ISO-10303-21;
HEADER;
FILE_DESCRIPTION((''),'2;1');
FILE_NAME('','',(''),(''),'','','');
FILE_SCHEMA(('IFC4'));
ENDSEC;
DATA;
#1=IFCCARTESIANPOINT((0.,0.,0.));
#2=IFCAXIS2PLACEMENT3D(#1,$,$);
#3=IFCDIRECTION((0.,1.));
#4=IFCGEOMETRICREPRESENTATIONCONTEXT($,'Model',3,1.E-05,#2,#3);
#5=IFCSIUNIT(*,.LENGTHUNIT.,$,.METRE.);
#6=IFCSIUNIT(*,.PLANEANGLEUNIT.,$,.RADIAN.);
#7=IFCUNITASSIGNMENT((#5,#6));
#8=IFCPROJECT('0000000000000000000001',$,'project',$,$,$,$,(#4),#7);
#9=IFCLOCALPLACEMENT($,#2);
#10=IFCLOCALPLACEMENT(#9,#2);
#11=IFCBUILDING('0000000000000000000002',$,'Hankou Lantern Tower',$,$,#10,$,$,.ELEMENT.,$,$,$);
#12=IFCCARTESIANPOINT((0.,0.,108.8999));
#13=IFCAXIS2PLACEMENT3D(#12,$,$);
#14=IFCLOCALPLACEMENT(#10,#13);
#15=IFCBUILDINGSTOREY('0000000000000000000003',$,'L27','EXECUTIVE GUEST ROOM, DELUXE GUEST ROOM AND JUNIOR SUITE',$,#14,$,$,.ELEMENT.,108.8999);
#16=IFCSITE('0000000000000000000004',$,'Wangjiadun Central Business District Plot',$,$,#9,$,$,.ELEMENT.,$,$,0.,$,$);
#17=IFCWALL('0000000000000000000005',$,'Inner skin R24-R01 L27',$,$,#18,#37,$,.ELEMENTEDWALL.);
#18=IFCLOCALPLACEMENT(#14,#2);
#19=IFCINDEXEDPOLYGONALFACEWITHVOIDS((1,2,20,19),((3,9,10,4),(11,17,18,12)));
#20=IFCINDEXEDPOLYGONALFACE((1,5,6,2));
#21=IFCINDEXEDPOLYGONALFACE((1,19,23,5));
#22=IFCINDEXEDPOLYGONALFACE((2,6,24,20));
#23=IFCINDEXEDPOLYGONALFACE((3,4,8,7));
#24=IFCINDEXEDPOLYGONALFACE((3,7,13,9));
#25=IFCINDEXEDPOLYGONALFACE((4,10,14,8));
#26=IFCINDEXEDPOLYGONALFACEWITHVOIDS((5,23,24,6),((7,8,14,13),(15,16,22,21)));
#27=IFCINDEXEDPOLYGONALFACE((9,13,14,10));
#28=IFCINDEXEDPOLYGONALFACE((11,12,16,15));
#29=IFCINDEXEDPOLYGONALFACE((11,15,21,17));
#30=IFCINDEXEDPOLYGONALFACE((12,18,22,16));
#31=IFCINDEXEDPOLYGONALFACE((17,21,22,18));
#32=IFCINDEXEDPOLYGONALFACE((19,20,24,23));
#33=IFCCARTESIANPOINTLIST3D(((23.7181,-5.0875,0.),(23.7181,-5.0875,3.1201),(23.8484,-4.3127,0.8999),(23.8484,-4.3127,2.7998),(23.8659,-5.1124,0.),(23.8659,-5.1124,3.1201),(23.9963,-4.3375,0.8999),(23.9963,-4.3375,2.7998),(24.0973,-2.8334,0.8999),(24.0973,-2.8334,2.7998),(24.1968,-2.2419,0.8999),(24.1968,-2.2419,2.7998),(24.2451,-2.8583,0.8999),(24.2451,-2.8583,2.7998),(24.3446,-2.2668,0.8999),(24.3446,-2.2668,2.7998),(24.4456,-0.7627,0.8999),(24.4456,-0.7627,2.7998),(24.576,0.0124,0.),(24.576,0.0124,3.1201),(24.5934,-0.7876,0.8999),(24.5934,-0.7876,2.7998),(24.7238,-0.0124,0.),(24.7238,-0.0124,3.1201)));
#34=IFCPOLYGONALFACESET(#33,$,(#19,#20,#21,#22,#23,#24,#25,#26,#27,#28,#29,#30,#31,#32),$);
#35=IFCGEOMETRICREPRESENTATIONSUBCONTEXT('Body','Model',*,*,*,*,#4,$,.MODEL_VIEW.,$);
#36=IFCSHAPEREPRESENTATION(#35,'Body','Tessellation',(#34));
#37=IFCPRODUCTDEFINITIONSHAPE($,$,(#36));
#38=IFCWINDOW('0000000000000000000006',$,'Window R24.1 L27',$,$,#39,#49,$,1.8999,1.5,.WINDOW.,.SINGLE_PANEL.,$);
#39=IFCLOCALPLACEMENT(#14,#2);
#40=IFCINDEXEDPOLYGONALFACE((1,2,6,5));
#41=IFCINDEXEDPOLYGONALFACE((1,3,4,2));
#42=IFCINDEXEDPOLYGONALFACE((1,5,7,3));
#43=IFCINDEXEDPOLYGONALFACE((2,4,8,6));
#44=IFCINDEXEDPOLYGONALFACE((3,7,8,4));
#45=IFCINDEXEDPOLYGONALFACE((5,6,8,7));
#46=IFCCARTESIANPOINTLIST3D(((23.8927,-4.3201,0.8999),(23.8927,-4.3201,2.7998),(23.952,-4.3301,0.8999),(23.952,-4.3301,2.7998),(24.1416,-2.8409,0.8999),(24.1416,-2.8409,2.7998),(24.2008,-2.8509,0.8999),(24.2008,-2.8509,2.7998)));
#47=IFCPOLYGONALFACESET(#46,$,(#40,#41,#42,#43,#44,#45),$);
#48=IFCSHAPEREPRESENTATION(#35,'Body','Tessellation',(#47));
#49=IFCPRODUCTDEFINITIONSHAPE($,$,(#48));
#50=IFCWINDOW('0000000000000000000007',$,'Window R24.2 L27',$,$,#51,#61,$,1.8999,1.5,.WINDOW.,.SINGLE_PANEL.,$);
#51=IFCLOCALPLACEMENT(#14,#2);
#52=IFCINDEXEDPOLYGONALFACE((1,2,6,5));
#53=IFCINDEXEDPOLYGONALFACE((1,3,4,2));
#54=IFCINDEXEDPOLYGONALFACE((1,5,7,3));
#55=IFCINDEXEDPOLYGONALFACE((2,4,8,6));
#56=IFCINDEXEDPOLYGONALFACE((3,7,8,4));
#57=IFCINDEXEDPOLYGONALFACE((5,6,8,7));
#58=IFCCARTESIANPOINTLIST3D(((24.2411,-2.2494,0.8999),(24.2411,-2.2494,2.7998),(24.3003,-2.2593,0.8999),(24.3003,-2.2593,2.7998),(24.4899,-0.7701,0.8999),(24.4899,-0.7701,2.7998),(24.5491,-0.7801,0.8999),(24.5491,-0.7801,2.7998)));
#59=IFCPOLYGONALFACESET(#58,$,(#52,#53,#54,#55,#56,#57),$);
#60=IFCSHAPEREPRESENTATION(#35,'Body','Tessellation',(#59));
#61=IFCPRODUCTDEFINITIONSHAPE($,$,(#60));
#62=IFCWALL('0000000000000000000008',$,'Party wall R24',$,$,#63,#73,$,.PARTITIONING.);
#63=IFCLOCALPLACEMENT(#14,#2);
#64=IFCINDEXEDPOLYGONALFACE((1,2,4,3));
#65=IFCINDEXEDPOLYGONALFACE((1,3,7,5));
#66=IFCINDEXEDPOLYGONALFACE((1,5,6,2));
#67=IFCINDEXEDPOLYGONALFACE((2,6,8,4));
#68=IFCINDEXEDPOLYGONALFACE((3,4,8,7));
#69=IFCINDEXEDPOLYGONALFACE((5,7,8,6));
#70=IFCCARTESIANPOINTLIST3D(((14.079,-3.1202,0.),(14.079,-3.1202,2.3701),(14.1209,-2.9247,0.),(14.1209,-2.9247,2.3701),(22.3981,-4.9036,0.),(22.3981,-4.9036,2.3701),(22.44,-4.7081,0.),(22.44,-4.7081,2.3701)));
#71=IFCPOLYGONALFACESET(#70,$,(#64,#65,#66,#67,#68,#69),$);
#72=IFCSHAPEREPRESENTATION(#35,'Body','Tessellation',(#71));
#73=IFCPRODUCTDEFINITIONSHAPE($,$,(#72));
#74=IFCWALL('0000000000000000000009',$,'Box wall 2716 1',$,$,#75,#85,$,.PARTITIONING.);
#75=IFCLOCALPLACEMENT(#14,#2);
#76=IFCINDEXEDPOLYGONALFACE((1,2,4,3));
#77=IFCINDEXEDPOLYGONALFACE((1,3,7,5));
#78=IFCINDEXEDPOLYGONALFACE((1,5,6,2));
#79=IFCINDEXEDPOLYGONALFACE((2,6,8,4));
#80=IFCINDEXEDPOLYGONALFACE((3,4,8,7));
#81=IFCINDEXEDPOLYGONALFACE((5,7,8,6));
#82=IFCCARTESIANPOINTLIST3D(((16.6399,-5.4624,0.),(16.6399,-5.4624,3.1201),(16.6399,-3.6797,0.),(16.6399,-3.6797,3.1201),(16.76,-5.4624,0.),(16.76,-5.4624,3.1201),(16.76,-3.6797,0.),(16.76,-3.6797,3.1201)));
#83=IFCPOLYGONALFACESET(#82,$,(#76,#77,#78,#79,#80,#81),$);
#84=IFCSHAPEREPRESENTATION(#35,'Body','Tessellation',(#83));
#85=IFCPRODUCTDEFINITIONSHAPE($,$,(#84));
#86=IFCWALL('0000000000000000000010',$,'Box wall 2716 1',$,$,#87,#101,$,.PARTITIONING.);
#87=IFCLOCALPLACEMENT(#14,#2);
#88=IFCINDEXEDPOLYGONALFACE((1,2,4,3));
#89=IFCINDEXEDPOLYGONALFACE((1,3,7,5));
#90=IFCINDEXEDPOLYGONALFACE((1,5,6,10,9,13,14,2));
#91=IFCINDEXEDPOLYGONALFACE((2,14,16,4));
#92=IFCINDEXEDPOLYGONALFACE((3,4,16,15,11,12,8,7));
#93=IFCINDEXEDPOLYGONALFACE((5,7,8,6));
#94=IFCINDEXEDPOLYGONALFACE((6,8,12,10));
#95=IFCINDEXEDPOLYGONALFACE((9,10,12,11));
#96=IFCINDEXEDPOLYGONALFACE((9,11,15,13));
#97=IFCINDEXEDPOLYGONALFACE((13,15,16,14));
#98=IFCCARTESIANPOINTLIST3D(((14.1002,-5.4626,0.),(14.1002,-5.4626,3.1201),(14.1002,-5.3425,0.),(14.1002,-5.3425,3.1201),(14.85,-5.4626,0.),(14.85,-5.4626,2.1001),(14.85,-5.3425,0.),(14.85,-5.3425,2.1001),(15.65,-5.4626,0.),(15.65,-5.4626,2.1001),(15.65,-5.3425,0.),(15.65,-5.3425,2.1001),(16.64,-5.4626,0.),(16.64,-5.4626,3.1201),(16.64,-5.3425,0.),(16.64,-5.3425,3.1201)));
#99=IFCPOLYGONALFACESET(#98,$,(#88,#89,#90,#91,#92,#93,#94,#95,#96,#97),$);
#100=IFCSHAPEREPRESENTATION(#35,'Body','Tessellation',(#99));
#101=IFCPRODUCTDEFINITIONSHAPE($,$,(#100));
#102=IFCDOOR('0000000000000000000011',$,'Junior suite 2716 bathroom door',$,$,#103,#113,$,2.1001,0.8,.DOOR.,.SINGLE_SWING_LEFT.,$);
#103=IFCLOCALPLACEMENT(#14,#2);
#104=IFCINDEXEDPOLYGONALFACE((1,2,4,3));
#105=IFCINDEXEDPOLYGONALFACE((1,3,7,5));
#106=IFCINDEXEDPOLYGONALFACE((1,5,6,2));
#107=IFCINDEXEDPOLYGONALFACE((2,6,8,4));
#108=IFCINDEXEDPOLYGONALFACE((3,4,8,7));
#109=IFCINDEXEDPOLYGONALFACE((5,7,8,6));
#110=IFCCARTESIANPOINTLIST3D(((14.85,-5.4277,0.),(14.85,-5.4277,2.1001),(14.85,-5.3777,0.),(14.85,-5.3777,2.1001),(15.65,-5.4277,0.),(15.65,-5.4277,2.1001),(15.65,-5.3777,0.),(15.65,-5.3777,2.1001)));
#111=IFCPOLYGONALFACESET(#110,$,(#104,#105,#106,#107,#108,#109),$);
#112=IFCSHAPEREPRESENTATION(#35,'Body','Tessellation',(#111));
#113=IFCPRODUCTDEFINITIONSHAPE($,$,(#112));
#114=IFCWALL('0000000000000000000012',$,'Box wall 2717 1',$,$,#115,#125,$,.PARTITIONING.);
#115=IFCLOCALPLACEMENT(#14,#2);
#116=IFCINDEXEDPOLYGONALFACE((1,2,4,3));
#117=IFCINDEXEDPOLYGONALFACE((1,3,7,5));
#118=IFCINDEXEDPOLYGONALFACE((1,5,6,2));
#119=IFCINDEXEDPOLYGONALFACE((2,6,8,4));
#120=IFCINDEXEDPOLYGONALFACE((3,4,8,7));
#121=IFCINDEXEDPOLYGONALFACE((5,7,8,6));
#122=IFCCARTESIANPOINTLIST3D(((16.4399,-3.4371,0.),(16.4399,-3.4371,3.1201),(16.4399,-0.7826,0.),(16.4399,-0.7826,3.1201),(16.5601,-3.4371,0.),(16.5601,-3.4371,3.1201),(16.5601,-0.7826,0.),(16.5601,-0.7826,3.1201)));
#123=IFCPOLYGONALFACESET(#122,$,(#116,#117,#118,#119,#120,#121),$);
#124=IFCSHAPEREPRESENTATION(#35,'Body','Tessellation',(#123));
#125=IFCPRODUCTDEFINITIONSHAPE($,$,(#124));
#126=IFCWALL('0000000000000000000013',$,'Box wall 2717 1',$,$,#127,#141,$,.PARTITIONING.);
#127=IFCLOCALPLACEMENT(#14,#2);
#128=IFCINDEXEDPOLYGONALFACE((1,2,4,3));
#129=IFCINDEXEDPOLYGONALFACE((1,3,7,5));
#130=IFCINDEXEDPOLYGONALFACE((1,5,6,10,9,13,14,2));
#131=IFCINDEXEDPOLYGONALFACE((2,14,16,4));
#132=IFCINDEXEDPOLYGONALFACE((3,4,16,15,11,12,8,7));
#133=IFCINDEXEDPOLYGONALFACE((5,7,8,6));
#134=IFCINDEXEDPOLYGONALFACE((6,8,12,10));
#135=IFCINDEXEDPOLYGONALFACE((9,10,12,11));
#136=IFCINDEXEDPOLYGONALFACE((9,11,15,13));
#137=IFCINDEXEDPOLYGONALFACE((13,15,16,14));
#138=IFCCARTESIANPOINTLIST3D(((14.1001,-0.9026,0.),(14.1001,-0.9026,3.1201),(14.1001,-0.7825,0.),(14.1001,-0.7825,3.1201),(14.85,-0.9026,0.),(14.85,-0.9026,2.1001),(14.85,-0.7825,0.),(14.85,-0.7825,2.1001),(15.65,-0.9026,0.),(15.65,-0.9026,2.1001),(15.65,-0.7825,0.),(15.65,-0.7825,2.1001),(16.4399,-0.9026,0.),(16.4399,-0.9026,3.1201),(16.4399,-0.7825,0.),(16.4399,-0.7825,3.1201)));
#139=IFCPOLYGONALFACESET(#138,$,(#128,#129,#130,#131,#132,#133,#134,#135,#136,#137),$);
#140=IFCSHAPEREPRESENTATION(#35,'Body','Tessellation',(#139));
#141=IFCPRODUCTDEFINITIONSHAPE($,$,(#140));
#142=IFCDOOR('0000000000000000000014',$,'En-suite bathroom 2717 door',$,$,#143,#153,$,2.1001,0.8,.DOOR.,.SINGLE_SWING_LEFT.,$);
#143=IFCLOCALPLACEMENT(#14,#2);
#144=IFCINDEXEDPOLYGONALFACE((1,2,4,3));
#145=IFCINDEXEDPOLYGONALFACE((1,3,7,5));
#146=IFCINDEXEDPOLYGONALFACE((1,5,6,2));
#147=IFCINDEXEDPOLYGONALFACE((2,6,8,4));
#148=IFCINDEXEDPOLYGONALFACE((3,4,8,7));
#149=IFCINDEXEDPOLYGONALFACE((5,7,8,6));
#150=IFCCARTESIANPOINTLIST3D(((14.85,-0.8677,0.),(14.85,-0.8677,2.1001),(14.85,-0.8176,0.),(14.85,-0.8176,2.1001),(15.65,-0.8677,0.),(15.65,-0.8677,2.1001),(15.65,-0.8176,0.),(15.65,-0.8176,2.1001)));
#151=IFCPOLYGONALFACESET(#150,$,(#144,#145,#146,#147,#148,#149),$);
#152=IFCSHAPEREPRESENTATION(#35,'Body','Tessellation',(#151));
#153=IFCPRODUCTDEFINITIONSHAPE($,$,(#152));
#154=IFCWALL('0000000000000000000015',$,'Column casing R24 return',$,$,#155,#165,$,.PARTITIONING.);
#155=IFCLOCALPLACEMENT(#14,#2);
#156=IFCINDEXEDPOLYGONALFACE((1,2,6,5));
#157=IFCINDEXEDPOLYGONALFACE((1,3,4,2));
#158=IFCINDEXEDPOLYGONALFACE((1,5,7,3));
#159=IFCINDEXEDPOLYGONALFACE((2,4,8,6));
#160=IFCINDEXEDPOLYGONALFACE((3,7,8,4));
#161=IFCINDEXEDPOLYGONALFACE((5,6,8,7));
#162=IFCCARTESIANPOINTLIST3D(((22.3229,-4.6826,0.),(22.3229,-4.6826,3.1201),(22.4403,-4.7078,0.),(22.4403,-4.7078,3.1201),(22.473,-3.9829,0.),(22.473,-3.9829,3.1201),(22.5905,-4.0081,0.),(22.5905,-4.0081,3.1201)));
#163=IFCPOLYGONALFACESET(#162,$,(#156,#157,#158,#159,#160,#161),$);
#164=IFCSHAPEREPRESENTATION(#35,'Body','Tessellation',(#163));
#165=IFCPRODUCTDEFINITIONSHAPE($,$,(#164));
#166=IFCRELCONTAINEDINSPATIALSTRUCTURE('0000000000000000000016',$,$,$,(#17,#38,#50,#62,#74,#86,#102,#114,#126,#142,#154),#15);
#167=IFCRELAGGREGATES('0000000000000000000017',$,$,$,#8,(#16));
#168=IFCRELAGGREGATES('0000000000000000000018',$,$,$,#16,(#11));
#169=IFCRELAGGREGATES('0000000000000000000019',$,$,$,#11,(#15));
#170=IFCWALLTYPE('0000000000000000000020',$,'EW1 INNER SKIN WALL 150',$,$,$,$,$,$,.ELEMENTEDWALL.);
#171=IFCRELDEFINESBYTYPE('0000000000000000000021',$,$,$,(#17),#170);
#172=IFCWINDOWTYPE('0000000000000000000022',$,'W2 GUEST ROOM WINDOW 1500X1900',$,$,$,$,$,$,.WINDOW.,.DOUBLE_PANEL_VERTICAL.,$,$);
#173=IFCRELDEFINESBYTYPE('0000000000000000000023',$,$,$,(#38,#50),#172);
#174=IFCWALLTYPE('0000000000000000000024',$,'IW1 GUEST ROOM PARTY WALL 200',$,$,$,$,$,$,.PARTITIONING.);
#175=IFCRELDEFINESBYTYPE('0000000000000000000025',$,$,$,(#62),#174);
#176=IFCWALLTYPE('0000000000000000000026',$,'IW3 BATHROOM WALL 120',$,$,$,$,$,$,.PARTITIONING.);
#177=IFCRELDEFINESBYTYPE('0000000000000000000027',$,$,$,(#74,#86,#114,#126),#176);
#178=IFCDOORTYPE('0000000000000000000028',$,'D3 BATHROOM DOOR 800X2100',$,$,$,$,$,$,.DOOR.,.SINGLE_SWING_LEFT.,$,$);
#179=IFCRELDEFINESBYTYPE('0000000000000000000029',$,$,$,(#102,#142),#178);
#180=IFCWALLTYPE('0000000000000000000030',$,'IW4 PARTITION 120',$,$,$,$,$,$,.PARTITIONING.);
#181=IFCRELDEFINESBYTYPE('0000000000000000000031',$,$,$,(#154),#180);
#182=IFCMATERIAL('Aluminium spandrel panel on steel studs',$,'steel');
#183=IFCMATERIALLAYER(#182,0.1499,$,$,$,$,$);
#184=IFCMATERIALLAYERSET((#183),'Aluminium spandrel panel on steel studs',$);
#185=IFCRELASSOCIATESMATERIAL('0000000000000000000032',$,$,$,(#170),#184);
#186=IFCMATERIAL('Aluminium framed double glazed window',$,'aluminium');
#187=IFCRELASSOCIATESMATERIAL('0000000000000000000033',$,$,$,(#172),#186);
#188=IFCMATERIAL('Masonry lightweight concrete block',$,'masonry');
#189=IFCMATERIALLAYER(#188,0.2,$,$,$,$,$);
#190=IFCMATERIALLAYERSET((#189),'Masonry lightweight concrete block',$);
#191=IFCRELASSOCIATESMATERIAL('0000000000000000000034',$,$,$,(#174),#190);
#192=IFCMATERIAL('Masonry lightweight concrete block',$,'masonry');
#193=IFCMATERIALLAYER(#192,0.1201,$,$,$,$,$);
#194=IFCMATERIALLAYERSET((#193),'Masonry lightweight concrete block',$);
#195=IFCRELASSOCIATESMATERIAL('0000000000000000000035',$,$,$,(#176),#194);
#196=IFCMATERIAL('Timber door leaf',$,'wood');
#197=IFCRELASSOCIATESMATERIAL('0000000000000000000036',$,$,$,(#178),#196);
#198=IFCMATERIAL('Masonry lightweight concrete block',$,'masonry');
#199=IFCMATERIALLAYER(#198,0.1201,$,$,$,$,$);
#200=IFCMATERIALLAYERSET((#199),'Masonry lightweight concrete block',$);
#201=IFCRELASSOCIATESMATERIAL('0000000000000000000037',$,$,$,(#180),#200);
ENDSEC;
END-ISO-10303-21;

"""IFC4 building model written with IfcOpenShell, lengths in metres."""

from ifc_helpers import new_model, si_unit, direction, frame, frame_2d, origin, place, context, subcontext, project, spatial, rectangle, extrude, material, layer, layer_set, type_object, element, fill, save


model = new_model("IFC4")

# Units and contexts
model_context = context("Model", 3, precision=1e-05, world=origin(), true_north=direction((0.0, 1.0)))
body_context = subcontext(model_context, "Body", "Model", "MODEL_VIEW")
ifc_project = project(units=[si_unit("LENGTHUNIT", "METRE"), si_unit("PLANEANGLEUNIT", "RADIAN")], contexts=[model_context])

# Site, building, storey
site_placement = place(None, origin())
site = spatial("IfcSite", under=ifc_project, at=site_placement, Name="Wangjiadun Central Business District Plot", CompositionType="ELEMENT", RefElevation=0.0)
building_placement = place(site_placement, origin())
building = spatial("IfcBuilding", under=site, at=building_placement, Name="Hankou Lantern Tower", CompositionType="ELEMENT")
storey_placement = place(building_placement, frame((0.0, 0.0, 108.8999)))
storey = spatial("IfcBuildingStorey", under=building, at=storey_placement, Name="L27", Description="EXECUTIVE GUEST ROOM, DELUXE GUEST ROOM AND JUNIOR SUITE", CompositionType="ELEMENT", Elevation=108.8999)

# Wall, openings, windows
ifc_material_1 = material(Name="Aluminium spandrel panel on steel studs", Category="steel")
ifc_layer_1 = layer(ifc_material_1, 0.1499)
ifc_layer_set_1 = layer_set([ifc_layer_1], Name="Aluminium spandrel panel on steel studs")
wall_type_1 = type_object("IfcWallType", Name="EW1 INNER SKIN WALL 150", PredefinedType="ELEMENTEDWALL", material=ifc_layer_set_1)
wall_1_placement = place(storey_placement, frame((23.792, -5.1001, 0.0), z_axis=(0.0, 0.0, 1.0), x_axis=(0.165884, 0.986145, 0.0)))
wall_1 = element("IfcWall", 1, at=wall_1_placement, inside=storey, type_object=wall_type_1, Name="Inner skin R24-R01 L27", PredefinedType="ELEMENTEDWALL", context=body_context, shape_type="SweptSolid", body=[
    extrude(rectangle(XDim=5.1716, YDim=0.1499, at=frame_2d((2.5859, 0.0))), origin(), (0.0, 0.0, 1.0), 3.1201),
])
opening_1_placement = place(wall_1_placement, frame((0.7859, 0.0, 0.8999)))
opening_1 = element("IfcOpeningElement", 2, at=opening_1_placement, cuts=wall_1, PredefinedType="OPENING", context=body_context, shape_type="SweptSolid", body=[
    extrude(rectangle(XDim=1.5, YDim=1.8999, at=frame_2d((0.75, 0.95))), frame((0.0, 0.085, 0.0), z_axis=(0.0, -1.0, 0.0), x_axis=(1.0, 0.0, 0.0)), (0.0, 0.0, 1.0), 0.1699),
])
opening_2_placement = place(wall_1_placement, frame((2.8857, 0.0, 0.8999)))
opening_2 = element("IfcOpeningElement", 3, at=opening_2_placement, cuts=wall_1, PredefinedType="OPENING", context=body_context, shape_type="SweptSolid", body=[
    extrude(rectangle(XDim=1.5, YDim=1.8999, at=frame_2d((0.75, 0.95))), frame((0.0, 0.085, 0.0), z_axis=(0.0, -1.0, 0.0), x_axis=(1.0, 0.0, 0.0)), (0.0, 0.0, 1.0), 0.1699),
])
ifc_material_2 = material(Name="Aluminium framed double glazed window", Category="aluminium")
window_type = type_object("IfcWindowType", Name="W2 GUEST ROOM WINDOW 1500X1900", PartitioningType="DOUBLE_PANEL_VERTICAL", PredefinedType="WINDOW", material=ifc_material_2)
window_1_placement = place(opening_1_placement, origin())
window_1 = element("IfcWindow", 4, at=window_1_placement, inside=storey, type_object=window_type, Name="Window R24.1 L27", OverallHeight=1.8999, OverallWidth=1.5, PartitioningType="SINGLE_PANEL", PredefinedType="WINDOW", context=body_context, shape_type="SweptSolid", body=[
    extrude(rectangle(XDim=1.5, YDim=1.8999, at=frame_2d((0.75, 0.95))), frame((0.0, 0.03, 0.0), z_axis=(0.0, -1.0, 0.0), x_axis=(1.0, 0.0, 0.0)), (0.0, 0.0, 1.0), 0.0601),
])
fill(opening_1, window_1)
window_2_placement = place(opening_2_placement, origin())
window_2 = element("IfcWindow", 5, at=window_2_placement, inside=storey, type_object=window_type, Name="Window R24.2 L27", OverallHeight=1.8999, OverallWidth=1.5, PartitioningType="SINGLE_PANEL", PredefinedType="WINDOW", context=body_context, shape_type="SweptSolid", body=[
    extrude(rectangle(XDim=1.5, YDim=1.8999, at=frame_2d((0.75, 0.95))), frame((0.0, 0.03, 0.0), z_axis=(0.0, -1.0, 0.0), x_axis=(1.0, 0.0, 0.0)), (0.0, 0.0, 1.0), 0.0601),
])
fill(opening_2, window_2)

# Walls
ifc_material_3 = material(Name="Masonry lightweight concrete block", Category="masonry")
ifc_layer_2 = layer(ifc_material_3, 0.2)
ifc_layer_set_2 = layer_set([ifc_layer_2], Name="Masonry lightweight concrete block")
wall_type_2 = type_object("IfcWallType", Name="IW1 GUEST ROOM PARTY WALL 200", PredefinedType="PARTITIONING", material=ifc_layer_set_2)
wall_2_placement = place(storey_placement, frame((14.1001, -3.0225, 0.0), z_axis=(0.0, 0.0, 1.0), x_axis=(0.977784, -0.209617, 0.0)))
element("IfcWall", 6, at=wall_2_placement, inside=storey, type_object=wall_type_2, Name="Party wall R24", PredefinedType="PARTITIONING", context=body_context, shape_type="SweptSolid", body=[
    extrude(rectangle(XDim=8.5081, YDim=0.2, at=frame_2d((4.2539, 0.0))), origin(), (0.0, 0.0, 1.0), 2.3701),
])
ifc_material_4 = material(Name="Masonry lightweight concrete block", Category="masonry")
ifc_layer_3 = layer(ifc_material_4, 0.1201)
ifc_layer_set_3 = layer_set([ifc_layer_3], Name="Masonry lightweight concrete block")
wall_type_3 = type_object("IfcWallType", Name="IW3 BATHROOM WALL 120", PredefinedType="PARTITIONING", material=ifc_layer_set_3)
wall_3_placement = place(storey_placement, frame((16.7, -3.6797, 0.0), z_axis=(0.0, 0.0, 1.0), x_axis=(0.0, -1.0, 0.0)))
element("IfcWall", 7, at=wall_3_placement, inside=storey, type_object=wall_type_3, Name="Box wall 2716 1", PredefinedType="PARTITIONING", context=body_context, shape_type="SweptSolid", body=[
    extrude(rectangle(XDim=1.7827, YDim=0.1201, at=frame_2d((0.8914, 0.0))), origin(), (0.0, 0.0, 1.0), 3.1201),
])

# Wall, opening, door
wall_4_placement = place(storey_placement, frame((14.1001, -5.4026, 0.0), z_axis=(0.0, 0.0, 1.0), x_axis=(1.0, 0.0, 0.0)))
wall_4 = element("IfcWall", 8, at=wall_4_placement, inside=storey, type_object=wall_type_3, Name="Box wall 2716 1", PredefinedType="PARTITIONING", context=body_context, shape_type="SweptSolid", body=[
    extrude(rectangle(XDim=2.5398, YDim=0.1201, at=frame_2d((1.27, 0.0))), origin(), (0.0, 0.0, 1.0), 3.1201),
])
opening_3_placement = place(wall_4_placement, frame((0.75, 0.0, 0.0)))
opening_3 = element("IfcOpeningElement", 9, at=opening_3_placement, cuts=wall_4, PredefinedType="OPENING", context=body_context, shape_type="SweptSolid", body=[
    extrude(rectangle(XDim=0.8, YDim=2.1001, at=frame_2d((0.3999, 1.05))), frame((0.0, 0.0701, 0.0), z_axis=(0.0, -1.0, 0.0), x_axis=(1.0, 0.0, 0.0)), (0.0, 0.0, 1.0), 0.1401),
])
ifc_material_5 = material(Name="Timber door leaf", Category="wood")
door_type_1 = type_object("IfcDoorType", Name="D3 BATHROOM DOOR 800X2100", OperationType="SINGLE_SWING_LEFT", PredefinedType="DOOR", material=ifc_material_5)
door_1_placement = place(opening_3_placement, origin())
door_1 = element("IfcDoor", 10, at=door_1_placement, inside=storey, type_object=door_type_1, Name="Junior suite 2716 bathroom door", OperationType="SINGLE_SWING_LEFT", OverallHeight=2.1001, OverallWidth=0.8, PredefinedType="DOOR", context=body_context, shape_type="SweptSolid", body=[
    extrude(rectangle(XDim=0.8, YDim=2.1001, at=frame_2d((0.3999, 1.05))), frame((0.0, 0.0249, 0.0), z_axis=(0.0, -1.0, 0.0), x_axis=(1.0, 0.0, 0.0)), (0.0, 0.0, 1.0), 0.05),
])
fill(opening_3, door_1)

# Wall
wall_5_placement = place(storey_placement, frame((16.5, -3.437, 0.0), z_axis=(0.0, 0.0, 1.0), x_axis=(0.0, 1.0, 0.0)))
element("IfcWall", 11, at=wall_5_placement, inside=storey, type_object=wall_type_3, Name="Box wall 2717 1", PredefinedType="PARTITIONING", context=body_context, shape_type="SweptSolid", body=[
    extrude(rectangle(XDim=2.6545, YDim=0.1201, at=frame_2d((1.3271, 0.0))), origin(), (0.0, 0.0, 1.0), 3.1201),
])

# Wall, opening, door
wall_6_placement = place(storey_placement, frame((14.1001, -0.8425, 0.0), z_axis=(0.0, 0.0, 1.0), x_axis=(1.0, 0.0, 0.0)))
wall_6 = element("IfcWall", 12, at=wall_6_placement, inside=storey, type_object=wall_type_3, Name="Box wall 2717 1", PredefinedType="PARTITIONING", context=body_context, shape_type="SweptSolid", body=[
    extrude(rectangle(XDim=2.3398, YDim=0.1201, at=frame_2d((1.1699, 0.0))), origin(), (0.0, 0.0, 1.0), 3.1201),
])
opening_4_placement = place(wall_6_placement, frame((0.75, 0.0, 0.0)))
opening_4 = element("IfcOpeningElement", 13, at=opening_4_placement, cuts=wall_6, PredefinedType="OPENING", context=body_context, shape_type="SweptSolid", body=[
    extrude(rectangle(XDim=0.8, YDim=2.1001, at=frame_2d((0.3999, 1.05))), frame((0.0, 0.0701, 0.0), z_axis=(0.0, -1.0, 0.0), x_axis=(1.0, 0.0, 0.0)), (0.0, 0.0, 1.0), 0.1401),
])
door_2_placement = place(opening_4_placement, origin())
door_2 = element("IfcDoor", 14, at=door_2_placement, inside=storey, type_object=door_type_1, Name="En-suite bathroom 2717 door", OperationType="SINGLE_SWING_LEFT", OverallHeight=2.1001, OverallWidth=0.8, PredefinedType="DOOR", context=body_context, shape_type="SweptSolid", body=[
    extrude(rectangle(XDim=0.8, YDim=2.1001, at=frame_2d((0.3999, 1.05))), frame((0.0, 0.0249, 0.0), z_axis=(0.0, -1.0, 0.0), x_axis=(1.0, 0.0, 0.0)), (0.0, 0.0, 1.0), 0.05),
])
fill(opening_4, door_2)

# Wall
ifc_material_6 = material(Name="Masonry lightweight concrete block", Category="masonry")
ifc_layer_4 = layer(ifc_material_6, 0.1201)
ifc_layer_set_4 = layer_set([ifc_layer_4], Name="Masonry lightweight concrete block")
wall_type_4 = type_object("IfcWallType", Name="IW4 PARTITION 120", PredefinedType="PARTITIONING", material=ifc_layer_set_4)
wall_7_placement = place(storey_placement, frame((22.3816, -4.6953, 0.0), z_axis=(0.0, 0.0, 1.0), x_axis=(0.209809, 0.977742, 0.0)))
element("IfcWall", 15, at=wall_7_placement, inside=storey, type_object=wall_type_4, Name="Column casing R24 return", PredefinedType="PARTITIONING", context=body_context, shape_type="SweptSolid", body=[
    extrude(rectangle(XDim=0.7156, YDim=0.1201, at=frame_2d((0.3579, 0.0))), origin(), (0.0, 0.0, 1.0), 3.1201),
])

save(model, "model.ifc")
